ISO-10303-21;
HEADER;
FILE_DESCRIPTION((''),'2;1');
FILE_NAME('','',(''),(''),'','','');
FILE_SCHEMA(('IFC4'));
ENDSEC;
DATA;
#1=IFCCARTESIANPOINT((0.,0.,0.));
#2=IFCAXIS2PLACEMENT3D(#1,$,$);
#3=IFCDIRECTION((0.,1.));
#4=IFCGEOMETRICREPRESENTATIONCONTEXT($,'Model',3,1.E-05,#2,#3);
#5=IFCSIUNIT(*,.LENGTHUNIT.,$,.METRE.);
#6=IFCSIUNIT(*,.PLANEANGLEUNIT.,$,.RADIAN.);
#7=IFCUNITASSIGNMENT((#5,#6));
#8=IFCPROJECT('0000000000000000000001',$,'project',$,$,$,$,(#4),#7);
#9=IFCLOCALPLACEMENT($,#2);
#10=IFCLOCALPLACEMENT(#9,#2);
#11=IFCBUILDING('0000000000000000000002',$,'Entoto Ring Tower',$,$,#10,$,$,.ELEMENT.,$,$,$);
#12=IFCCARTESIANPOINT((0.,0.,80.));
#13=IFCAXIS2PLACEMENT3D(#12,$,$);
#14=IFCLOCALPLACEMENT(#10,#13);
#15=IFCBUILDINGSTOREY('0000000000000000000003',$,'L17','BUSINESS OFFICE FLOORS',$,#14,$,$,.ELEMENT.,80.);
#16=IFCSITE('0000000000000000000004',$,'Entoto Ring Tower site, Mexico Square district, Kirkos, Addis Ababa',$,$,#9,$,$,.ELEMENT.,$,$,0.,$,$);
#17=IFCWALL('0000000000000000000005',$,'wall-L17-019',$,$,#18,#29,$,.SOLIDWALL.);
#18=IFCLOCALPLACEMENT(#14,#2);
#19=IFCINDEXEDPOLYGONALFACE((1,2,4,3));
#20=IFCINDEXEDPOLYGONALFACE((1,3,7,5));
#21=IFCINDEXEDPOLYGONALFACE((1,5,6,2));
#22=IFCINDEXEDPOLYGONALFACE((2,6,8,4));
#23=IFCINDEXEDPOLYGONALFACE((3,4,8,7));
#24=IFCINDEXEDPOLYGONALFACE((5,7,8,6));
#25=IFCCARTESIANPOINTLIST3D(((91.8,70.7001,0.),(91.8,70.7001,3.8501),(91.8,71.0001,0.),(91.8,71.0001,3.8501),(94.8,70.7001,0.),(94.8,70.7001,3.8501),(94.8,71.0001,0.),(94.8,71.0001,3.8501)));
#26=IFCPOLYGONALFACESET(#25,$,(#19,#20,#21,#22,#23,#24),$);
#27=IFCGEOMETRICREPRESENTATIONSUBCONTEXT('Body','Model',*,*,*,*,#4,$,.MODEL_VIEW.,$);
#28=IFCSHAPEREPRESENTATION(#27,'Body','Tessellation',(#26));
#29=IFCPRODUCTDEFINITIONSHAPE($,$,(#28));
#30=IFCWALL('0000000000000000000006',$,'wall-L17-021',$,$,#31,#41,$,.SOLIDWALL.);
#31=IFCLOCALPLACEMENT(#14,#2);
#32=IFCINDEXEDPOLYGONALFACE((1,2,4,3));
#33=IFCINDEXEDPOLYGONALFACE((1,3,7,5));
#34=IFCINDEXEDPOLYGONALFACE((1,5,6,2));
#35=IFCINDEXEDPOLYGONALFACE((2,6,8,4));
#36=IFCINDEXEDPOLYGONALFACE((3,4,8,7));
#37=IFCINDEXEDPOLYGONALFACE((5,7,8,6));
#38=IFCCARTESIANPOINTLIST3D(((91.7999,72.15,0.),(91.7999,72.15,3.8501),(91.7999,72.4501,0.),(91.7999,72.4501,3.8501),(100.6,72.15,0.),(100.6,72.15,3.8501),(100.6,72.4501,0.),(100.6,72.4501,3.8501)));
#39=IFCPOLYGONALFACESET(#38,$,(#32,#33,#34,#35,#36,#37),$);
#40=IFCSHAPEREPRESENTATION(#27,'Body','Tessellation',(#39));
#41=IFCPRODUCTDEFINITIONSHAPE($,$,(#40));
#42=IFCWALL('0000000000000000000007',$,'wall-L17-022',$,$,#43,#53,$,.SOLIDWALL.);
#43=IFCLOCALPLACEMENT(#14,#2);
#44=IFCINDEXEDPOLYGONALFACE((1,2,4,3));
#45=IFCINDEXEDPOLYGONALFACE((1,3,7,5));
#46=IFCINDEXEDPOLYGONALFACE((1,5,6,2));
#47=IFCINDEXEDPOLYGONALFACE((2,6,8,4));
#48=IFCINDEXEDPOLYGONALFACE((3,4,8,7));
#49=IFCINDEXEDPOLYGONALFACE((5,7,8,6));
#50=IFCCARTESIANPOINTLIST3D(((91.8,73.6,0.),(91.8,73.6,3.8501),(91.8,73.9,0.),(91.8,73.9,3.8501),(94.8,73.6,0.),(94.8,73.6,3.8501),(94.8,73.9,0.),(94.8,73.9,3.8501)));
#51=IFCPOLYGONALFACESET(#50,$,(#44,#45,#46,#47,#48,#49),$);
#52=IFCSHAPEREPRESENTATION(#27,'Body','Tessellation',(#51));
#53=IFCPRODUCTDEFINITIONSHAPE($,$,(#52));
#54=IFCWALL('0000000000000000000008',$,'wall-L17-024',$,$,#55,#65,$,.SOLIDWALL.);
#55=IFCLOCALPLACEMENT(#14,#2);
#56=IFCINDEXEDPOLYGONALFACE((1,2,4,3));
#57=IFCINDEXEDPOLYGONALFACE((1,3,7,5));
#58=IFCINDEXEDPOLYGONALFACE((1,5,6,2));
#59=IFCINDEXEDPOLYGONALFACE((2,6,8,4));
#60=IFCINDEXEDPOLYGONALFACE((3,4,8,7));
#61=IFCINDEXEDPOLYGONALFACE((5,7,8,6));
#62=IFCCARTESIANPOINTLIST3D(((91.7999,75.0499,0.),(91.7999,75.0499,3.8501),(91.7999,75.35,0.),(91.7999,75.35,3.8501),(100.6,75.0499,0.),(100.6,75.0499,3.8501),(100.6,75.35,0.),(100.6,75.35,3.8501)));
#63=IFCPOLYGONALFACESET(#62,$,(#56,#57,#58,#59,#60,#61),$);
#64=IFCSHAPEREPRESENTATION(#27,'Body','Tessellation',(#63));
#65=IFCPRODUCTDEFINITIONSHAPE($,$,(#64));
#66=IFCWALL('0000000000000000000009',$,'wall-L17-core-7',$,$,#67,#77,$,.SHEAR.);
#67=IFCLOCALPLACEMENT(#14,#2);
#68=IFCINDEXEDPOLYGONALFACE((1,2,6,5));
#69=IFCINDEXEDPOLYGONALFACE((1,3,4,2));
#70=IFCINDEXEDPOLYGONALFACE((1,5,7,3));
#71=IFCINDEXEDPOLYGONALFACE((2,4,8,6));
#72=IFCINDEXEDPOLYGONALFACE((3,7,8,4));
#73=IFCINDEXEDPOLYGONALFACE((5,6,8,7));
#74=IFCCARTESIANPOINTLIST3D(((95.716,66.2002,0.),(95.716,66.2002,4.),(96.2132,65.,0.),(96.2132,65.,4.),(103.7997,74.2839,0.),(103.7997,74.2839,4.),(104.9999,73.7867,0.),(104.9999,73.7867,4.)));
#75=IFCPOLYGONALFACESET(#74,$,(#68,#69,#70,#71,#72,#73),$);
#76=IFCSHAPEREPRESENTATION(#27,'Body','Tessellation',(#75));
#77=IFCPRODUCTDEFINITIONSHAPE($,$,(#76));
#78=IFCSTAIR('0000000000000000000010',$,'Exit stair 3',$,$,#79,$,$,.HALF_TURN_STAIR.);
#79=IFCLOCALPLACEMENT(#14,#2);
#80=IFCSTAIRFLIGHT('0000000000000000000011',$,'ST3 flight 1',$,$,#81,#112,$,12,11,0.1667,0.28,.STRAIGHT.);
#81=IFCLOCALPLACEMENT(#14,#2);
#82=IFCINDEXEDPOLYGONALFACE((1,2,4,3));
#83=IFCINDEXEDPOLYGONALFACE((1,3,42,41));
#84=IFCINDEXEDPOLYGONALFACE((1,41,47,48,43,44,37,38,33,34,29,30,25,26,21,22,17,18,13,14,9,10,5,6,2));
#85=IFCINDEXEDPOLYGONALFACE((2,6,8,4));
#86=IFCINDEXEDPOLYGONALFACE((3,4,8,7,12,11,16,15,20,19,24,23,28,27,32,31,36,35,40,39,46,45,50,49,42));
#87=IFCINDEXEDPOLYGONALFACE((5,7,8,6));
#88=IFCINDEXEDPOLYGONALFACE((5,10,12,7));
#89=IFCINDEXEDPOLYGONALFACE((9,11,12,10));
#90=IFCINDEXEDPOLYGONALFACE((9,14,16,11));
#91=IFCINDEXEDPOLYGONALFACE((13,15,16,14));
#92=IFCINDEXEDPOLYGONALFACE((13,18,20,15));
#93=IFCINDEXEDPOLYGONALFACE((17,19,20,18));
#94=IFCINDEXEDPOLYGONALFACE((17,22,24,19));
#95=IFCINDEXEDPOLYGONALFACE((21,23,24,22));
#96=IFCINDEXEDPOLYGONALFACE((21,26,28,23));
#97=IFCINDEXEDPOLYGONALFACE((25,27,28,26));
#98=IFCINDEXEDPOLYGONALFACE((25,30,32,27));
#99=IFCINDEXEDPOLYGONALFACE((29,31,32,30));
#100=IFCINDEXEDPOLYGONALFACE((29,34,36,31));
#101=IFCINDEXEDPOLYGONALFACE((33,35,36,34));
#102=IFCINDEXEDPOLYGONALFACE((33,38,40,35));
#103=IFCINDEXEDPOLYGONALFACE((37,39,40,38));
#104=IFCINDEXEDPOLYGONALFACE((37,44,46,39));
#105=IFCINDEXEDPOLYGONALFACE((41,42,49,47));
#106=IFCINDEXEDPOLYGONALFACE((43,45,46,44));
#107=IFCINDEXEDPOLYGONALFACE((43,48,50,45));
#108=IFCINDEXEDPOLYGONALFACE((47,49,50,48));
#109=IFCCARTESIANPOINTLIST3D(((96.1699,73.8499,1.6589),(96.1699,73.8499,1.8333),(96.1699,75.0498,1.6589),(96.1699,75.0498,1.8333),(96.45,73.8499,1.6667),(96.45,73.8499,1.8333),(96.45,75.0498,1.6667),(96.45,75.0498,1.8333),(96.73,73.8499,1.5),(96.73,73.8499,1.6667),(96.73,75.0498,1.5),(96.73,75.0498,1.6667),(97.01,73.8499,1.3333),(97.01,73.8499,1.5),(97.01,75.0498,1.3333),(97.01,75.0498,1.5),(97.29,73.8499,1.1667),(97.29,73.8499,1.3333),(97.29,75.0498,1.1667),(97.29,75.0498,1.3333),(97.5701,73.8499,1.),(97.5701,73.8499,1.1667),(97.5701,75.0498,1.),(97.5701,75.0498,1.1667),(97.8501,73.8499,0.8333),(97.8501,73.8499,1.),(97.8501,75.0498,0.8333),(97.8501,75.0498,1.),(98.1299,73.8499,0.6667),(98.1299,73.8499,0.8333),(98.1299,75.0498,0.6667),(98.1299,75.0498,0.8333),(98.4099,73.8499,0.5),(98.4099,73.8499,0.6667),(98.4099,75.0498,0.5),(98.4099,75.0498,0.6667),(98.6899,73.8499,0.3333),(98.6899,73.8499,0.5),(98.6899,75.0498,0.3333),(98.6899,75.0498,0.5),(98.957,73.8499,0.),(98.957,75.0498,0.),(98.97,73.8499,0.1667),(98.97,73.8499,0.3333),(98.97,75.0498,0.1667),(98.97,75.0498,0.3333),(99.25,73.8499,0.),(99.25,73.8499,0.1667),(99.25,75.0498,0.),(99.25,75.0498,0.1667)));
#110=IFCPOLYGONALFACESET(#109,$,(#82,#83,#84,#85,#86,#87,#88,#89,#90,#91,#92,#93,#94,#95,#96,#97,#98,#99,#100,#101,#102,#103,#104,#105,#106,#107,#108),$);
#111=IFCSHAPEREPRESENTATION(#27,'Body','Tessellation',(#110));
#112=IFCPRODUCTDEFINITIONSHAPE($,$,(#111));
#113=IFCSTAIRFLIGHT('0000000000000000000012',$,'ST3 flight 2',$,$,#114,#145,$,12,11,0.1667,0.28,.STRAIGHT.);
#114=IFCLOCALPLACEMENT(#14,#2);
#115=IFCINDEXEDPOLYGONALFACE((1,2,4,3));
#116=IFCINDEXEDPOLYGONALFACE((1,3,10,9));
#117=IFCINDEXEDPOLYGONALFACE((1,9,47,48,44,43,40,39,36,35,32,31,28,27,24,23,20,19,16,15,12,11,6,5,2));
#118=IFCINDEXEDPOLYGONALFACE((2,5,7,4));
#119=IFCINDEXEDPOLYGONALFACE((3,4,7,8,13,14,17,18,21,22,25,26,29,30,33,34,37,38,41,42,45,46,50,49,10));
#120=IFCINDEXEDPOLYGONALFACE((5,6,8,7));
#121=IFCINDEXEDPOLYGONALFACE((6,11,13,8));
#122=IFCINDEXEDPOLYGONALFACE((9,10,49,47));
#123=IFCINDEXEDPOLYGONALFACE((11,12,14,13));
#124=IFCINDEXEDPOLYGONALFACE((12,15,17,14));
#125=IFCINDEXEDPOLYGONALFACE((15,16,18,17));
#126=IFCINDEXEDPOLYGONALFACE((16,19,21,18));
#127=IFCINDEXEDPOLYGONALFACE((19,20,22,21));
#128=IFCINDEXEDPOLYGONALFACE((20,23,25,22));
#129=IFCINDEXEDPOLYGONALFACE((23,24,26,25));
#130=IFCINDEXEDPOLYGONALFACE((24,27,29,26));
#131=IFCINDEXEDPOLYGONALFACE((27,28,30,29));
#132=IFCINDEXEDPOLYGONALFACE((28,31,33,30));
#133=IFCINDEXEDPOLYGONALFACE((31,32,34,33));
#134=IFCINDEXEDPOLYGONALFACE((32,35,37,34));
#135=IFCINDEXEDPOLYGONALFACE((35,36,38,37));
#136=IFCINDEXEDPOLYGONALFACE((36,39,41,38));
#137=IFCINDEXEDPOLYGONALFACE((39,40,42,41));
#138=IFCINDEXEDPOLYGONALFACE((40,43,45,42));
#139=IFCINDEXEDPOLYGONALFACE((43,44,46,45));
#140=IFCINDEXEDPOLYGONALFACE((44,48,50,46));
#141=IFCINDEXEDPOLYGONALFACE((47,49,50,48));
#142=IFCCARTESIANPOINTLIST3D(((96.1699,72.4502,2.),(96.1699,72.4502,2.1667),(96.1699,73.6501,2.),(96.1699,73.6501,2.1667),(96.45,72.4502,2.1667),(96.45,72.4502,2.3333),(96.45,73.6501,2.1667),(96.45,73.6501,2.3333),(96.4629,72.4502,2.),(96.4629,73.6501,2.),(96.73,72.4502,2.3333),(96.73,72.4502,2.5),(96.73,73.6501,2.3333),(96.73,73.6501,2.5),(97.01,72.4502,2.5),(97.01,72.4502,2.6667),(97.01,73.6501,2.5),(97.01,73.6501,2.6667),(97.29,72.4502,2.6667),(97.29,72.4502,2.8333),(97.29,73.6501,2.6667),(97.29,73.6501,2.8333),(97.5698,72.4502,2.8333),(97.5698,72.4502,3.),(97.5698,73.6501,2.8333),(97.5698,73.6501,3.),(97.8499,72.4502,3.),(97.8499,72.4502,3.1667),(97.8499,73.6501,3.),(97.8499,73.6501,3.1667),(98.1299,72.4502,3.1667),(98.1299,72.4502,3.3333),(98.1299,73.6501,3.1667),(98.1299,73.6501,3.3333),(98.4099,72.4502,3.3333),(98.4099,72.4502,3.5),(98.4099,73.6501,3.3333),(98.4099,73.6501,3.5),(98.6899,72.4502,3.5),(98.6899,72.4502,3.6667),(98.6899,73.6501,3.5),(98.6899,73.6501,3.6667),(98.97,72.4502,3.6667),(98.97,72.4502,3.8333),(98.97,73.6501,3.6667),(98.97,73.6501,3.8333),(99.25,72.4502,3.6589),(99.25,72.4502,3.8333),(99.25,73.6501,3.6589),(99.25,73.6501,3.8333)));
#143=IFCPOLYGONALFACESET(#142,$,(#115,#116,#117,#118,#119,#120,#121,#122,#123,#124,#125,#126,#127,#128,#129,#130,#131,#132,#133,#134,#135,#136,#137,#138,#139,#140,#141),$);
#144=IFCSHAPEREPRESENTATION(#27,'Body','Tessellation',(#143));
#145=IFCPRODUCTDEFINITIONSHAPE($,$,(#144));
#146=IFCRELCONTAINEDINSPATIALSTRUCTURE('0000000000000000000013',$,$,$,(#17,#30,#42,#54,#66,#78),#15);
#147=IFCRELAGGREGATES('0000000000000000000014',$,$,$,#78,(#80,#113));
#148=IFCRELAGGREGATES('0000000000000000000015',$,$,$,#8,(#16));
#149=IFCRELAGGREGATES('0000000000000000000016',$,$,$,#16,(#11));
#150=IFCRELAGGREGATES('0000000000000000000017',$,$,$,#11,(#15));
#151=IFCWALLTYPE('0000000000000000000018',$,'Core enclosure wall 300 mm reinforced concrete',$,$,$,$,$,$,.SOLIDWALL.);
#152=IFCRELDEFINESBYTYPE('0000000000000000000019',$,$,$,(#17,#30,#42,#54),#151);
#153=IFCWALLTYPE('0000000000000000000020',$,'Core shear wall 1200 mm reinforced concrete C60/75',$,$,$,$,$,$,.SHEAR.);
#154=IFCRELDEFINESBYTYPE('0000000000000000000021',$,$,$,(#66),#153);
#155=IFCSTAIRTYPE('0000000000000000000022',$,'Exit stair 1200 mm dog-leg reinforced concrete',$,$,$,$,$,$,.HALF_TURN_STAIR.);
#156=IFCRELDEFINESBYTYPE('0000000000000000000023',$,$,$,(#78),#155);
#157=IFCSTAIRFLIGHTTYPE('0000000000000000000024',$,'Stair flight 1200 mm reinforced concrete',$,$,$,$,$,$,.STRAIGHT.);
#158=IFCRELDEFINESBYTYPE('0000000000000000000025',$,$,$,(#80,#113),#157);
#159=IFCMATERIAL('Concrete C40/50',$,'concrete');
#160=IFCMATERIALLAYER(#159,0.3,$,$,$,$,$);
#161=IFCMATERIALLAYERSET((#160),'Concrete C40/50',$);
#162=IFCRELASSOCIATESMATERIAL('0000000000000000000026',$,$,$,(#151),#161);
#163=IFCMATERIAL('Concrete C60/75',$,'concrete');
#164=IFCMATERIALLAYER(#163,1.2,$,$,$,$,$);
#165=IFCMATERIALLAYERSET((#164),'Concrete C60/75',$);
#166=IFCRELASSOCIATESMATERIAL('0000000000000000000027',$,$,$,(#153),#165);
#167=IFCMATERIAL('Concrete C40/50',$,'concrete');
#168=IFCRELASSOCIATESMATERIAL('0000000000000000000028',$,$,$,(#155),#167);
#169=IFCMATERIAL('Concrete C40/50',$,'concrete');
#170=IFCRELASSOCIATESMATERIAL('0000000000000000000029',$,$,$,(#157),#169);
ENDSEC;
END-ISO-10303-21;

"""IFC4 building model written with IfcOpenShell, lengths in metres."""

from ifc_helpers import new_model, si_unit, direction, frame, frame_2d, origin, place, context, subcontext, project, spatial, polyline, rectangle, outline, extrude, material, layer, layer_set, type_object, element, aggregate, save


model = new_model("IFC4")

# Units and contexts
model_context = context("Model", 3, precision=1e-05, world=origin(), true_north=direction((0.0, 1.0)))
body_context = subcontext(model_context, "Body", "Model", "MODEL_VIEW")
ifc_project = project(units=[si_unit("LENGTHUNIT", "METRE"), si_unit("PLANEANGLEUNIT", "RADIAN")], contexts=[model_context])

# Site, building, storey
site_placement = place(None, origin())
site = spatial("IfcSite", under=ifc_project, at=site_placement, Name="Entoto Ring Tower site, Mexico Square district, Kirkos, Addis Ababa", CompositionType="ELEMENT", RefElevation=0.0)
building_placement = place(site_placement, origin())
building = spatial("IfcBuilding", under=site, at=building_placement, Name="Entoto Ring Tower", CompositionType="ELEMENT")
storey_placement = place(building_placement, frame((0.0, 0.0, 80.0)))
storey = spatial("IfcBuildingStorey", under=building, at=storey_placement, Name="L17", Description="BUSINESS OFFICE FLOORS", CompositionType="ELEMENT", Elevation=80.0)

# Shared definitions
ifc_material_1 = material(Name="Concrete C40/50", Category="concrete")
ifc_layer_1 = layer(ifc_material_1, 0.3)
ifc_layer_set_1 = layer_set([ifc_layer_1], Name="Concrete C40/50")
wall_type_1 = type_object("IfcWallType", Name="Core enclosure wall 300 mm reinforced concrete", PredefinedType="SOLIDWALL", material=ifc_layer_set_1)

# Walls
wall_1_placement = place(storey_placement, frame((91.8, 70.8501, 0.0), z_axis=(0.0, 0.0, 1.0), x_axis=(1.0, 0.0, 0.0)))
element("IfcWall", 1, at=wall_1_placement, inside=storey, type_object=wall_type_1, Name="wall-L17-019", PredefinedType="SOLIDWALL", context=body_context, shape_type="SweptSolid", body=[
    extrude(rectangle(XDim=3.0, YDim=0.3, at=frame_2d((1.5, 0.0))), origin(), (0.0, 0.0, 1.0), 3.8501),
])
wall_2_placement = place(storey_placement, frame((91.8, 72.3, 0.0), z_axis=(0.0, 0.0, 1.0), x_axis=(1.0, 0.0, 0.0)))
element("IfcWall", 2, at=wall_2_placement, inside=storey, type_object=wall_type_1, Name="wall-L17-021", PredefinedType="SOLIDWALL", context=body_context, shape_type="SweptSolid", body=[
    extrude(rectangle(XDim=8.8, YDim=0.3, at=frame_2d((4.3999, 0.0))), origin(), (0.0, 0.0, 1.0), 3.8501),
])
wall_3_placement = place(storey_placement, frame((91.8, 73.75, 0.0), z_axis=(0.0, 0.0, 1.0), x_axis=(1.0, 0.0, 0.0)))
element("IfcWall", 3, at=wall_3_placement, inside=storey, type_object=wall_type_1, Name="wall-L17-022", PredefinedType="SOLIDWALL", context=body_context, shape_type="SweptSolid", body=[
    extrude(rectangle(XDim=3.0, YDim=0.3, at=frame_2d((1.5, 0.0))), origin(), (0.0, 0.0, 1.0), 3.8501),
])
wall_4_placement = place(storey_placement, frame((91.8, 75.2, 0.0), z_axis=(0.0, 0.0, 1.0), x_axis=(1.0, 0.0, 0.0)))
element("IfcWall", 4, at=wall_4_placement, inside=storey, type_object=wall_type_1, Name="wall-L17-024", PredefinedType="SOLIDWALL", context=body_context, shape_type="SweptSolid", body=[
    extrude(rectangle(XDim=8.8, YDim=0.3, at=frame_2d((4.3999, 0.0))), origin(), (0.0, 0.0, 1.0), 3.8501),
])
ifc_material_2 = material(Name="Concrete C60/75", Category="concrete")
ifc_layer_2 = layer(ifc_material_2, 1.2)
ifc_layer_set_2 = layer_set([ifc_layer_2], Name="Concrete C60/75")
wall_type_2 = type_object("IfcWallType", Name="Core shear wall 1200 mm reinforced concrete C60/75", PredefinedType="SHEAR", material=ifc_layer_set_2)
wall_5_placement = place(storey_placement, frame((95.9646, 65.6001, 0.0), z_axis=(0.0, 0.0, 1.0), x_axis=(0.707107, 0.707107, 0.0)))
element("IfcWall", 5, at=wall_5_placement, inside=storey, type_object=wall_type_2, Name="wall-L17-core-7", PredefinedType="SHEAR", context=body_context, shape_type="SweptSolid", body=[
    extrude(outline(polyline([(-0.2485, -0.6001), (12.1777, -0.6001), (11.6807, 0.6001), (0.2485, 0.6001), (-0.2485, -0.6001)])), origin(), (0.0, 0.0, 1.0), 4.0),
])

# Stair, stair flights
ifc_material_3 = material(Name="Concrete C40/50", Category="concrete")
stair_type = type_object("IfcStairType", Name="Exit stair 1200 mm dog-leg reinforced concrete", PredefinedType="HALF_TURN_STAIR", material=ifc_material_3)
stair_placement = place(storey_placement, origin())
stair = element("IfcStair", 6, at=stair_placement, inside=storey, type_object=stair_type, Name="Exit stair 3", PredefinedType="HALF_TURN_STAIR")
ifc_material_4 = material(Name="Concrete C40/50", Category="concrete")
stair_flight_type = type_object("IfcStairFlightType", Name="Stair flight 1200 mm reinforced concrete", PredefinedType="STRAIGHT", material=ifc_material_4)
stair_flight_1_placement = place(storey_placement, frame((99.25, 74.45, 0.0), z_axis=(0.0, 0.0, 1.0), x_axis=(-1.0, 0.0, 0.0)))
stair_flight_1 = element("IfcStairFlight", 7, at=stair_flight_1_placement, type_object=stair_flight_type, Name="ST3 flight 1", NumberOfRisers=12, NumberOfTreads=11, PredefinedType="STRAIGHT", RiserHeight=0.1667, TreadLength=0.28, context=body_context, shape_type="SweptSolid", body=[
    extrude(outline(polyline([(0.0, 0.0), (0.0, 0.1667), (0.28, 0.1667), (0.28, 0.3333), (0.5601, 0.3333), (0.5601, 0.5), (0.8401, 0.5), (0.8401, 0.6667), (1.1201, 0.6667), (1.1201, 0.8333), (1.3999, 0.8333), (1.3999, 1.0), (1.6799, 1.0), (1.6799, 1.1667), (1.96, 1.1667), (1.96, 1.3333), (2.24, 1.3333), (2.24, 1.5), (2.52, 1.5), (2.52, 1.6667), (2.8, 1.6667), (2.8, 1.8333), (3.0801, 1.8333), (3.0801, 2.0), (3.0801, 1.6589), (0.293, 0.0), (0.0, 0.0)])), frame((0.0, 0.6001, 0.0), z_axis=(0.0, -1.0, 0.0), x_axis=(1.0, 0.0, 0.0)), (0.0, 0.0, 1.0), 1.2),
])
stair_flight_2_placement = place(storey_placement, frame((96.1699, 73.05, 2.0), z_axis=(0.0, 0.0, 1.0), x_axis=(1.0, 0.0, 0.0)))
stair_flight_2 = element("IfcStairFlight", 8, at=stair_flight_2_placement, type_object=stair_flight_type, Name="ST3 flight 2", NumberOfRisers=12, NumberOfTreads=11, PredefinedType="STRAIGHT", RiserHeight=0.1667, TreadLength=0.28, context=body_context, shape_type="SweptSolid", body=[
    extrude(outline(polyline([(0.0, 0.0), (0.0, 0.1667), (0.28, 0.1667), (0.28, 0.3333), (0.5601, 0.3333), (0.5601, 0.5), (0.8401, 0.5), (0.8401, 0.6667), (1.1201, 0.6667), (1.1201, 0.8333), (1.3999, 0.8333), (1.3999, 1.0), (1.6799, 1.0), (1.6799, 1.1667), (1.96, 1.1667), (1.96, 1.3333), (2.24, 1.3333), (2.24, 1.5), (2.52, 1.5), (2.52, 1.6667), (2.8, 1.6667), (2.8, 1.8333), (3.0801, 1.8333), (3.0801, 2.0), (3.0801, 1.6589), (0.293, 0.0), (0.0, 0.0)])), frame((0.0, 0.6001, 0.0), z_axis=(0.0, -1.0, 0.0), x_axis=(1.0, 0.0, 0.0)), (0.0, 0.0, 1.0), 1.2),
])
aggregate(stair, [stair_flight_1, stair_flight_2])

save(model, "model.ifc")
